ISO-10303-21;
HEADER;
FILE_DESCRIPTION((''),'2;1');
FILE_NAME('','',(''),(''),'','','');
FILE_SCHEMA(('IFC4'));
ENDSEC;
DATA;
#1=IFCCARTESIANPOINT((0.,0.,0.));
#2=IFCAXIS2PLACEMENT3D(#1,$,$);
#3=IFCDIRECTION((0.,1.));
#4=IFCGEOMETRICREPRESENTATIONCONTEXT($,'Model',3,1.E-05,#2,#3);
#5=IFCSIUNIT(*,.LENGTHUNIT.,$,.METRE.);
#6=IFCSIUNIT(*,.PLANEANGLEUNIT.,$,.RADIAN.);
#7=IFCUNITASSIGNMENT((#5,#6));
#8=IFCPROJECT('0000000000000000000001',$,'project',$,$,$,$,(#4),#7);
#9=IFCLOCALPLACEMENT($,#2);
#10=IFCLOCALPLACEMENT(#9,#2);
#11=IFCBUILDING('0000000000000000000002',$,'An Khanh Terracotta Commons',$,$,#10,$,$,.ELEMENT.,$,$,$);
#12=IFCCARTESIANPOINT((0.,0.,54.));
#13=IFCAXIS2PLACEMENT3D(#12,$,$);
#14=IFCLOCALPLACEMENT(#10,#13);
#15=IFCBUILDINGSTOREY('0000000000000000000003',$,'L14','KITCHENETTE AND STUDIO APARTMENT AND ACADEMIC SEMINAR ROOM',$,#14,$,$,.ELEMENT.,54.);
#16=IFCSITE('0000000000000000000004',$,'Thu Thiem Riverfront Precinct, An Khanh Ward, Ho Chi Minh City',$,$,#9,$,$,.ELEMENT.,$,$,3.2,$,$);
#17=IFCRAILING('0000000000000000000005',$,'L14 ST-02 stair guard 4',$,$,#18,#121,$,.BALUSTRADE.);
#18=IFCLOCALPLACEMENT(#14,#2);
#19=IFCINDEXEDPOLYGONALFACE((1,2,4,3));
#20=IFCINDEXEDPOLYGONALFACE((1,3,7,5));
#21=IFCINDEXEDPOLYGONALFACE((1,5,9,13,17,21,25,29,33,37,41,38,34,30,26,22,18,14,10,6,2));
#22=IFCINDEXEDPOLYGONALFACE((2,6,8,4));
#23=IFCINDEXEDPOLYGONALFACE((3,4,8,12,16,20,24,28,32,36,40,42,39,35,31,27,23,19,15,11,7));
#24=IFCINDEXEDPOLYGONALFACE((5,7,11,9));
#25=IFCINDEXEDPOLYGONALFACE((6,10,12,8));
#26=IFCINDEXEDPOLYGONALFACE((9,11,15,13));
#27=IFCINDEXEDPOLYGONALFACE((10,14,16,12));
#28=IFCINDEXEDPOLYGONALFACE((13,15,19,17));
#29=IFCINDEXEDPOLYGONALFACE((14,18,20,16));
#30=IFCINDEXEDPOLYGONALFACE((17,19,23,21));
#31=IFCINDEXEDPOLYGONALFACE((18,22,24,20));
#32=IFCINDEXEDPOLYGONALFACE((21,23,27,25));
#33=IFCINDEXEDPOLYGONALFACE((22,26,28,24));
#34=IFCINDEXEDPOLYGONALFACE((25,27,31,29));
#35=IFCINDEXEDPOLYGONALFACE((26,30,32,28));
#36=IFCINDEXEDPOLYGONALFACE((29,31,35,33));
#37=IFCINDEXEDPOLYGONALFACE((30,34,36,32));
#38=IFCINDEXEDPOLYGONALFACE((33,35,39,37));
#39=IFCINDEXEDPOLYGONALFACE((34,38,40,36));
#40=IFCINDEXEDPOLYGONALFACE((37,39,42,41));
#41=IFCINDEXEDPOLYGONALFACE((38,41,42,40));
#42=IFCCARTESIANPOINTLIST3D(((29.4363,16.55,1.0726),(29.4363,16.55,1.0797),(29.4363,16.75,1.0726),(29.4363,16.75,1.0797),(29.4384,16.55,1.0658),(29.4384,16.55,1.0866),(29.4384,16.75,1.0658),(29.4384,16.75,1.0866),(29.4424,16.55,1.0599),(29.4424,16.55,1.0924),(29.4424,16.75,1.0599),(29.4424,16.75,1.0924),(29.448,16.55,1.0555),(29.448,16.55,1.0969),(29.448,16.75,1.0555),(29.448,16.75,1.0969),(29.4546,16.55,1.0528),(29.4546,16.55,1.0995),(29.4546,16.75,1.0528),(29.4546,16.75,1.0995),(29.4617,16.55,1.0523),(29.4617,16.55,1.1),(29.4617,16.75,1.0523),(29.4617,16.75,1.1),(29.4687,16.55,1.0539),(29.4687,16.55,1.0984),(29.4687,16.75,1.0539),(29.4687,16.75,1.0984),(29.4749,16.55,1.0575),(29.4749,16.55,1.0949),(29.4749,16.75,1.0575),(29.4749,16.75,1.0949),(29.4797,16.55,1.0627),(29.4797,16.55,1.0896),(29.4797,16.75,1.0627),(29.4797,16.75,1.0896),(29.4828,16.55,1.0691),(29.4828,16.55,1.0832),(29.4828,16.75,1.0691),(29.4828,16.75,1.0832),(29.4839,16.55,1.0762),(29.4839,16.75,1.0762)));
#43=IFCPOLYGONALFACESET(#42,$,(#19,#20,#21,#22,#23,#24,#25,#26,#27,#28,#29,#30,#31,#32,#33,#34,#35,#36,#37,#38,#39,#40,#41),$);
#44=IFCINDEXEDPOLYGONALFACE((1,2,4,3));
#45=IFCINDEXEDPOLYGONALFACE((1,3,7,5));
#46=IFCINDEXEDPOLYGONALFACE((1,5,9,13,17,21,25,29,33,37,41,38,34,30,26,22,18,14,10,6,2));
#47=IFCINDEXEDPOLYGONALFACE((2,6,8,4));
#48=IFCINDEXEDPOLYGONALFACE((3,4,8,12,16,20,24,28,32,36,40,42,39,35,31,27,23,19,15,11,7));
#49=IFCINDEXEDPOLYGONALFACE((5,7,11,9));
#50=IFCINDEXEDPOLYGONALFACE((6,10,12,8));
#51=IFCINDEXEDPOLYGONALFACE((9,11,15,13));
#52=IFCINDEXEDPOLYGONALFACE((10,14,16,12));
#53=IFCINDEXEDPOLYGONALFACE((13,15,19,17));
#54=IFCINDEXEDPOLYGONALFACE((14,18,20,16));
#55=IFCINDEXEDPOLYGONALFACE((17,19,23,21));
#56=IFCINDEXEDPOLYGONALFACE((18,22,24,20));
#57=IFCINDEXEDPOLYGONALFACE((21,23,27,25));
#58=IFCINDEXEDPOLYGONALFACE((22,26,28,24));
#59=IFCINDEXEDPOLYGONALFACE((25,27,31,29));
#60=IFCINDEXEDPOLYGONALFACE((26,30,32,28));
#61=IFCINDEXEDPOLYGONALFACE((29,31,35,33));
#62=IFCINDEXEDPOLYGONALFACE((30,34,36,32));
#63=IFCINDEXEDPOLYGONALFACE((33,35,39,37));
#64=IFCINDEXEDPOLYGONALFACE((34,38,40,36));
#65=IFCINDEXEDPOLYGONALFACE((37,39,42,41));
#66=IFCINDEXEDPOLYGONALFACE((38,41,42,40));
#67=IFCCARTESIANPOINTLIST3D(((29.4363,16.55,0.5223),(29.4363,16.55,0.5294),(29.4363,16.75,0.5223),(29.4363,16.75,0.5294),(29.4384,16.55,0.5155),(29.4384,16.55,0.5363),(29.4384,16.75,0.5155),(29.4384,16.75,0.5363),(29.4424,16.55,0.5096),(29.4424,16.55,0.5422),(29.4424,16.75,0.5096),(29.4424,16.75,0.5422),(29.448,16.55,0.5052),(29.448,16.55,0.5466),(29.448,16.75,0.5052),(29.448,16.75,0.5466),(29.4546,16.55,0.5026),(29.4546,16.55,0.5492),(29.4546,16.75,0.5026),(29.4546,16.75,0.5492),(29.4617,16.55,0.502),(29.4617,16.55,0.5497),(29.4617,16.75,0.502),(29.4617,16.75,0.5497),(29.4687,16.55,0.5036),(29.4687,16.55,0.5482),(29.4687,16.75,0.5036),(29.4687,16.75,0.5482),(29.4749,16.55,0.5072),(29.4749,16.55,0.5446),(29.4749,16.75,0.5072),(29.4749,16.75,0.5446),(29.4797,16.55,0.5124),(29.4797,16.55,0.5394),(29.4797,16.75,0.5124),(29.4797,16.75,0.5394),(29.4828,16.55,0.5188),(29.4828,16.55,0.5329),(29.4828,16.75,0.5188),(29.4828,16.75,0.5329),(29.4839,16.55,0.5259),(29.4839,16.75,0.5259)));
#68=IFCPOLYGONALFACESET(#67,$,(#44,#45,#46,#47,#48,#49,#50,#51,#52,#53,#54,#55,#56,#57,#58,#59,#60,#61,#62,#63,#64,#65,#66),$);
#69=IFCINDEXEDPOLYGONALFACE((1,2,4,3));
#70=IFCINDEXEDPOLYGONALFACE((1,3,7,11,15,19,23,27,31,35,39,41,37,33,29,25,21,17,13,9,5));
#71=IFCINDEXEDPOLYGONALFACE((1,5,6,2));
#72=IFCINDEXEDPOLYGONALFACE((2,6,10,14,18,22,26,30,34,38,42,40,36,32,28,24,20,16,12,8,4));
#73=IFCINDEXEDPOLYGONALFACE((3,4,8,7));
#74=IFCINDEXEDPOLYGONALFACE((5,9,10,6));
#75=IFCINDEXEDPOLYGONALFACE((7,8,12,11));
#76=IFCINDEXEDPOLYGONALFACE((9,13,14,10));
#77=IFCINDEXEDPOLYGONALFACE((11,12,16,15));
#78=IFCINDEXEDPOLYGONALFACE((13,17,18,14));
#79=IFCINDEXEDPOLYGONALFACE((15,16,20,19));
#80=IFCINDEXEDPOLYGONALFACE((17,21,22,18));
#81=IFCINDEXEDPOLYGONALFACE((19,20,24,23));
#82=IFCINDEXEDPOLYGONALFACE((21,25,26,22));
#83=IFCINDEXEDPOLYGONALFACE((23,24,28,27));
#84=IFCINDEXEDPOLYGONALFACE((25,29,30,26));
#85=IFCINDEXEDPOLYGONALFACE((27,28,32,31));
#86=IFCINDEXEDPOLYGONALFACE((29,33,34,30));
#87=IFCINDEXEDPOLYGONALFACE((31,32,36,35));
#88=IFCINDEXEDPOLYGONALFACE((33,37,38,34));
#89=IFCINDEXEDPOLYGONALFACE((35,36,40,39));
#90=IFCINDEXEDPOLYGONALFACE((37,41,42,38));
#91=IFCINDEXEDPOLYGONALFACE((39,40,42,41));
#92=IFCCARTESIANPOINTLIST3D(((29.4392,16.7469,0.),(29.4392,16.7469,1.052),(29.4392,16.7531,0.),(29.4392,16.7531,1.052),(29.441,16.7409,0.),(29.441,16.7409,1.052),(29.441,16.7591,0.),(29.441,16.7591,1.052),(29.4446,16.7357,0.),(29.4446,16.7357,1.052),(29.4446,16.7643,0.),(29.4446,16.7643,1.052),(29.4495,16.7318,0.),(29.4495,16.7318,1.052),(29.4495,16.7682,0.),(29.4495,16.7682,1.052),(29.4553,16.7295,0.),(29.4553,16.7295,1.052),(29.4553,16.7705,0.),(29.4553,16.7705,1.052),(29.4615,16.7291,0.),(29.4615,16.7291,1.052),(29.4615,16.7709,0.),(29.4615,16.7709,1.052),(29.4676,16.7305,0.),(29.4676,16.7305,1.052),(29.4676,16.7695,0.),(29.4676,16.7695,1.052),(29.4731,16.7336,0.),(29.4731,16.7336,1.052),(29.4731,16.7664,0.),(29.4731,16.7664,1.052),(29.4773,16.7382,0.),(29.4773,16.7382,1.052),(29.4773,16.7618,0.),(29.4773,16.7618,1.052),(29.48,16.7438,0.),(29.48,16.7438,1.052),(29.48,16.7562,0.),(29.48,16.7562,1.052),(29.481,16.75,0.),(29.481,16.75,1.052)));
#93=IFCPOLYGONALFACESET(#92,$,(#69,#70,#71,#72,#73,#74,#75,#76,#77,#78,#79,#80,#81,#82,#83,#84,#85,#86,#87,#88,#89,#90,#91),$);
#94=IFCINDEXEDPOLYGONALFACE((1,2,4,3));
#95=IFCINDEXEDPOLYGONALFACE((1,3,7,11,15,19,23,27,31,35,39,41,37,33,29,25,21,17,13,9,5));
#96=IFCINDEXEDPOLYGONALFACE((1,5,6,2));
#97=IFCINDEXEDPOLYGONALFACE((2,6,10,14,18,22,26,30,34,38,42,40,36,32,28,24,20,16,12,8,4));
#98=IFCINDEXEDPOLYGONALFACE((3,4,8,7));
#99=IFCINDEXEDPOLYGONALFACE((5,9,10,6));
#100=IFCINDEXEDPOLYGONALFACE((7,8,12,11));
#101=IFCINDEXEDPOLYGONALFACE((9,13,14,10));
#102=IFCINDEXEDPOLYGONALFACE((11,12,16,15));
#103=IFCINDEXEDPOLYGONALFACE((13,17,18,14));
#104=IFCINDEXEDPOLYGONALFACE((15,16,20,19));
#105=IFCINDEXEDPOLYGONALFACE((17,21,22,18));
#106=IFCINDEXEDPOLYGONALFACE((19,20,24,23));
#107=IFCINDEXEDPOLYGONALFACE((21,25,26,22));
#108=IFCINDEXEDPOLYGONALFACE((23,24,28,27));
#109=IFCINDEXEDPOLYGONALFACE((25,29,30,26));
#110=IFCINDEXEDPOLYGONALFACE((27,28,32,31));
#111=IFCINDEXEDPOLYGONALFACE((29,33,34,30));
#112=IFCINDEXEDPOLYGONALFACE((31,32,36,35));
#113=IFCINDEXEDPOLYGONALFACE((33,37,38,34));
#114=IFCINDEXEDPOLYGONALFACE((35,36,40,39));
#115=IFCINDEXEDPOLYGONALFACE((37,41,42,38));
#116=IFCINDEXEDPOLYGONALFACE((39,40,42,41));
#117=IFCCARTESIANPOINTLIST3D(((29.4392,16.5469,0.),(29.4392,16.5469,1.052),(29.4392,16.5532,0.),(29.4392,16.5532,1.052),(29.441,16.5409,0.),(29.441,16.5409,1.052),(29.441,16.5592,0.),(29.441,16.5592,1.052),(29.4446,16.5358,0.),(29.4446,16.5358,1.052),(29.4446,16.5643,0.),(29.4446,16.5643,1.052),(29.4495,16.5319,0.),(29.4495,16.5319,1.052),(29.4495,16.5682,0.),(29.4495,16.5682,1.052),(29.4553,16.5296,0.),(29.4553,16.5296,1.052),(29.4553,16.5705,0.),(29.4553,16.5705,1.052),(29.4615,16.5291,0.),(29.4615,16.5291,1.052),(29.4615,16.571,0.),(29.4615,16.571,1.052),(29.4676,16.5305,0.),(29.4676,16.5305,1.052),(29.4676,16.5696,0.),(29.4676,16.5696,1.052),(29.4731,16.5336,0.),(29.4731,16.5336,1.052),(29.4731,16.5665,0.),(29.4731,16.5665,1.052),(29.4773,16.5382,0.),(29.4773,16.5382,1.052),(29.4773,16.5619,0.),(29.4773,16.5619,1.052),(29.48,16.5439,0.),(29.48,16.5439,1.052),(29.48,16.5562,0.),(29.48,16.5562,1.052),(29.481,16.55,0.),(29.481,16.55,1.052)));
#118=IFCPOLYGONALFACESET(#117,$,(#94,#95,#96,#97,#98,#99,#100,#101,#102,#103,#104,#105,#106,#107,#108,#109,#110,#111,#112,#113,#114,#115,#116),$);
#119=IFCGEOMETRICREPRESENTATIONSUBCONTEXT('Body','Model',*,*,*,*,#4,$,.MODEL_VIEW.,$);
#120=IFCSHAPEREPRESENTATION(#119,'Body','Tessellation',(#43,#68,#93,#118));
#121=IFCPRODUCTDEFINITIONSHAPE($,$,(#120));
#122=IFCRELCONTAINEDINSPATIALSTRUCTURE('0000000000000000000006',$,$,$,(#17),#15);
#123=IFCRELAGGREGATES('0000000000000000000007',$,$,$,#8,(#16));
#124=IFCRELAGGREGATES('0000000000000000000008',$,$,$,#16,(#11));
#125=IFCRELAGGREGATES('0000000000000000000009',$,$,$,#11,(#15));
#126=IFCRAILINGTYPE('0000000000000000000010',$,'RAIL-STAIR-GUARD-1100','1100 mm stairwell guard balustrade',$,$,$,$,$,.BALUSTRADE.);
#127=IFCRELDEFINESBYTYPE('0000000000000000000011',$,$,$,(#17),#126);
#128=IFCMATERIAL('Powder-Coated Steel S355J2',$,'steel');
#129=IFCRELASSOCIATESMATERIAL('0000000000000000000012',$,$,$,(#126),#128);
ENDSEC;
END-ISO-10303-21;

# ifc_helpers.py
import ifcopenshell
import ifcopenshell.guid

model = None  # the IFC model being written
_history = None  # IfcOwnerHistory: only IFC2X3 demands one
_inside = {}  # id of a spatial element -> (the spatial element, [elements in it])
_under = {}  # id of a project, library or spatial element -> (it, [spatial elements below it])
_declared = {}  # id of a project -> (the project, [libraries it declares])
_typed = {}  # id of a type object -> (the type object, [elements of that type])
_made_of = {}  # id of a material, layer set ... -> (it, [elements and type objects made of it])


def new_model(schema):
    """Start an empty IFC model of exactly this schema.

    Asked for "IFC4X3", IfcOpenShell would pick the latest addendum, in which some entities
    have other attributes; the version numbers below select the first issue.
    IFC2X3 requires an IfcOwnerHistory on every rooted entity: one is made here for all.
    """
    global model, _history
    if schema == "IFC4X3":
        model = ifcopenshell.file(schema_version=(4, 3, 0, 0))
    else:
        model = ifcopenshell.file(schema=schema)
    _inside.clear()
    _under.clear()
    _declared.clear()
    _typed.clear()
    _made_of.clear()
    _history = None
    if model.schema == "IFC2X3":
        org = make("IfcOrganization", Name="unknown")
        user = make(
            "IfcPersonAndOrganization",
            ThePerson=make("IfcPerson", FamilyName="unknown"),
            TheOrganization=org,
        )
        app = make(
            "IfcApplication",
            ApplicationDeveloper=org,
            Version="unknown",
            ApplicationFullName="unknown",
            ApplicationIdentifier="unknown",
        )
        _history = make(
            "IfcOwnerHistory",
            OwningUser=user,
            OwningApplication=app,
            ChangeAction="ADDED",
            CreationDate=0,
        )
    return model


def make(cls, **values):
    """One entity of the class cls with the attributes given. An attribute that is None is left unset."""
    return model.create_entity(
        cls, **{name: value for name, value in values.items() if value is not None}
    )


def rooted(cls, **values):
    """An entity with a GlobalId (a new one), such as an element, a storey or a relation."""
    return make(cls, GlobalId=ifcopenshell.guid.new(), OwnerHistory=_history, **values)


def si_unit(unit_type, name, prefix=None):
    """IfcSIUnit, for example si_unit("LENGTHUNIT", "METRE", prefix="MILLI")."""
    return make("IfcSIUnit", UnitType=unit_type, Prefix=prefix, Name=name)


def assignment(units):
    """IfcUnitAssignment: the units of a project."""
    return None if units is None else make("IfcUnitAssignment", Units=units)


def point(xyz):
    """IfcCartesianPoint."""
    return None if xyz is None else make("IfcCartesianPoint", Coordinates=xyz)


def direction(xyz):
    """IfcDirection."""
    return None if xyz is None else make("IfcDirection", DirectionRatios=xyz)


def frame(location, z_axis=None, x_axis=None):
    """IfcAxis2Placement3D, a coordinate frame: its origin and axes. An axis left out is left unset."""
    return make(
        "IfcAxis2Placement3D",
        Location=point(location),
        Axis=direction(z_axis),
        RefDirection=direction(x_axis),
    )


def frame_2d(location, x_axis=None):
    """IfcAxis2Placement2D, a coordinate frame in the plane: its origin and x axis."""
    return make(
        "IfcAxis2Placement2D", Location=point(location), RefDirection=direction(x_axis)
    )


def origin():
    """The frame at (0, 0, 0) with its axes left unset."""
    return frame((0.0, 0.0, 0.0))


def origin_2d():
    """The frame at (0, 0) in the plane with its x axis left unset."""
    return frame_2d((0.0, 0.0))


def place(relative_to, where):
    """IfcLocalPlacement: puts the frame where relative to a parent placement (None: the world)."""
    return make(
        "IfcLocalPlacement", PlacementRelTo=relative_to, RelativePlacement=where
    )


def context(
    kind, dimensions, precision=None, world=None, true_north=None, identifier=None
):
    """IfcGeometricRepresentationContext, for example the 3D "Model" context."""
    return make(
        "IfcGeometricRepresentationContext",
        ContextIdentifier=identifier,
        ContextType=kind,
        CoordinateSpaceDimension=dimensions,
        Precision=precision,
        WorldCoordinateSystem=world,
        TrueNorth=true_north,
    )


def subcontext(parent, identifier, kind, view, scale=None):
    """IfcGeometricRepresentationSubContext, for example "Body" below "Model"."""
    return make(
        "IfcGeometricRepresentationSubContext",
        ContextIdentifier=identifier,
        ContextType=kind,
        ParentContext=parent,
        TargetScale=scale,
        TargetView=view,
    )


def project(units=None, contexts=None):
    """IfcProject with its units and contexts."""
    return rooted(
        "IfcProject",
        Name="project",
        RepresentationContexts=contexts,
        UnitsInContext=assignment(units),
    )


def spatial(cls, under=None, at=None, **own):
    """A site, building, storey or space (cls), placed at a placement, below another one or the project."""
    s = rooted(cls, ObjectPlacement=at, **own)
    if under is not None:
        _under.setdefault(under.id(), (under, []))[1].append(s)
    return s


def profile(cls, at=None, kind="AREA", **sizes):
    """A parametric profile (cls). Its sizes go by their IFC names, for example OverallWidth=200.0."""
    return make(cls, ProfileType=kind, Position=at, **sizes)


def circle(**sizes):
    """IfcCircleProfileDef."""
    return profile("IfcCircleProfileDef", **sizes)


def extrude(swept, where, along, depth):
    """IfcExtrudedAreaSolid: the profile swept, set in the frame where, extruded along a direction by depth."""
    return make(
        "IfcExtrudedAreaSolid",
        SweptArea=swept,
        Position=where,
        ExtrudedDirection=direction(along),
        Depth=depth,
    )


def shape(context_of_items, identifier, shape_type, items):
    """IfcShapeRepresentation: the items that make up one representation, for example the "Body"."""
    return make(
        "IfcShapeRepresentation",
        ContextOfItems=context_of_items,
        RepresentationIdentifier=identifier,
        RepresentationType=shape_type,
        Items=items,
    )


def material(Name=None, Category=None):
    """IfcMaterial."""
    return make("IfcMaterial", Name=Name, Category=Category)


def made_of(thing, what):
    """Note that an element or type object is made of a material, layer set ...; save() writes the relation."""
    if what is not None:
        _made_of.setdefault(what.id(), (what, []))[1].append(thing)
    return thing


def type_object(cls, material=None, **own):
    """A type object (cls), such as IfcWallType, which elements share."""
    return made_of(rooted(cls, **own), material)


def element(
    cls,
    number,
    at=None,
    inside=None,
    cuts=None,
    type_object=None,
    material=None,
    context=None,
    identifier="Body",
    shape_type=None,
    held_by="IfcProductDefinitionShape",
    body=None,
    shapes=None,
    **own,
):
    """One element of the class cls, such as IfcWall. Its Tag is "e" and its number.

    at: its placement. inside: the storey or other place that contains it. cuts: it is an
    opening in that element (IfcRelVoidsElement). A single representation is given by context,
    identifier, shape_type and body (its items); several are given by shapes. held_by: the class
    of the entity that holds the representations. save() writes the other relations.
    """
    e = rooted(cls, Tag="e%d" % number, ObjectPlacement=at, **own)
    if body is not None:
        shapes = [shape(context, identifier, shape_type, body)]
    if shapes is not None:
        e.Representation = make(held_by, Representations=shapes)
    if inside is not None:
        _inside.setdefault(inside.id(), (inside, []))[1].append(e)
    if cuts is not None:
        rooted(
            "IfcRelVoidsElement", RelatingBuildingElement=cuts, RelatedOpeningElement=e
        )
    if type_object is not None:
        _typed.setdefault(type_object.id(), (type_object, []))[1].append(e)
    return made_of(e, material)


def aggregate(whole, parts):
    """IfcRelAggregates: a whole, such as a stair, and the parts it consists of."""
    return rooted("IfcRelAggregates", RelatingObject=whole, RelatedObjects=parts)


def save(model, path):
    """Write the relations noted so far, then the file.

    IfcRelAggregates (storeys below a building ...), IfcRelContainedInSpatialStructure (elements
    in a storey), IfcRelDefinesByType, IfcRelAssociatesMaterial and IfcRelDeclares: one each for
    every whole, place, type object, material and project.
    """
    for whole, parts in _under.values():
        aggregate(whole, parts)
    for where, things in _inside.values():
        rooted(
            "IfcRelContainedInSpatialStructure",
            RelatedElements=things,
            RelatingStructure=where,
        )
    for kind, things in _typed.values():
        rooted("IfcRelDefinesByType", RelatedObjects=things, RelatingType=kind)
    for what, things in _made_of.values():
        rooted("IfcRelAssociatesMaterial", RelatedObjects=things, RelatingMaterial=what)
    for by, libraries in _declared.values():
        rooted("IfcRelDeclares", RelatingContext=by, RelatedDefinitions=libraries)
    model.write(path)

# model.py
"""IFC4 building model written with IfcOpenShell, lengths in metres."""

from ifc_helpers import new_model, si_unit, direction, frame, origin, origin_2d, place, context, subcontext, project, spatial, circle, extrude, material, type_object, element, save


model = new_model("IFC4")

# Units and contexts
model_context = context("Model", 3, precision=1e-05, world=origin(), true_north=direction((0.0, 1.0)))
body_context = subcontext(model_context, "Body", "Model", "MODEL_VIEW")
ifc_project = project(units=[si_unit("LENGTHUNIT", "METRE"), si_unit("PLANEANGLEUNIT", "RADIAN")], contexts=[model_context])

# Site, building, storey
site_placement = place(None, origin())
site = spatial("IfcSite", under=ifc_project, at=site_placement, Name="Thu Thiem Riverfront Precinct, An Khanh Ward, Ho Chi Minh City", CompositionType="ELEMENT", RefElevation=3.2)
building_placement = place(site_placement, origin())
building = spatial("IfcBuilding", under=site, at=building_placement, Name="An Khanh Terracotta Commons", CompositionType="ELEMENT")
storey_placement = place(building_placement, frame((0.0, 0.0, 54.0)))
storey = spatial("IfcBuildingStorey", under=building, at=storey_placement, Name="L14", Description="KITCHENETTE AND STUDIO APARTMENT AND ACADEMIC SEMINAR ROOM", CompositionType="ELEMENT", Elevation=54.0)

# Railing
ifc_material_1 = material(Name="Powder-Coated Steel S355J2", Category="steel")
railing_type_1 = type_object("IfcRailingType", Name="RAIL-STAIR-GUARD-1100", Description="1100 mm stairwell guard balustrade", PredefinedType="BALUSTRADE", material=ifc_material_1)
railing_1_placement = place(storey_placement, frame((29.46, 16.75, 0.0)))
element("IfcRailing", 1, at=railing_1_placement, inside=storey, type_object=railing_type_1, Name="L14 ST-02 stair guard 4", PredefinedType="BALUSTRADE", context=body_context, shape_type="SweptSolid", body=[
    extrude(circle(Radius=0.0239, at=origin_2d()), frame((0.0, 0.0, 1.0762), z_axis=(0.0, -1.0, 0.0), x_axis=(1.0, 0.0, 0.0)), (0.0, 0.0, 1.0), 0.2),
    extrude(circle(Radius=0.0239, at=origin_2d()), frame((0.0, 0.0, 0.5259), z_axis=(0.0, -1.0, 0.0), x_axis=(1.0, 0.0, 0.0)), (0.0, 0.0, 1.0), 0.2),
    extrude(circle(Radius=0.021, at=origin_2d()), origin(), (0.0, 0.0, 1.0), 1.052),
    extrude(circle(Radius=0.021, at=origin_2d()), frame((0.0, -0.2, 0.0)), (0.0, 0.0, 1.0), 1.052),
])

save(model, "model.ifc")
